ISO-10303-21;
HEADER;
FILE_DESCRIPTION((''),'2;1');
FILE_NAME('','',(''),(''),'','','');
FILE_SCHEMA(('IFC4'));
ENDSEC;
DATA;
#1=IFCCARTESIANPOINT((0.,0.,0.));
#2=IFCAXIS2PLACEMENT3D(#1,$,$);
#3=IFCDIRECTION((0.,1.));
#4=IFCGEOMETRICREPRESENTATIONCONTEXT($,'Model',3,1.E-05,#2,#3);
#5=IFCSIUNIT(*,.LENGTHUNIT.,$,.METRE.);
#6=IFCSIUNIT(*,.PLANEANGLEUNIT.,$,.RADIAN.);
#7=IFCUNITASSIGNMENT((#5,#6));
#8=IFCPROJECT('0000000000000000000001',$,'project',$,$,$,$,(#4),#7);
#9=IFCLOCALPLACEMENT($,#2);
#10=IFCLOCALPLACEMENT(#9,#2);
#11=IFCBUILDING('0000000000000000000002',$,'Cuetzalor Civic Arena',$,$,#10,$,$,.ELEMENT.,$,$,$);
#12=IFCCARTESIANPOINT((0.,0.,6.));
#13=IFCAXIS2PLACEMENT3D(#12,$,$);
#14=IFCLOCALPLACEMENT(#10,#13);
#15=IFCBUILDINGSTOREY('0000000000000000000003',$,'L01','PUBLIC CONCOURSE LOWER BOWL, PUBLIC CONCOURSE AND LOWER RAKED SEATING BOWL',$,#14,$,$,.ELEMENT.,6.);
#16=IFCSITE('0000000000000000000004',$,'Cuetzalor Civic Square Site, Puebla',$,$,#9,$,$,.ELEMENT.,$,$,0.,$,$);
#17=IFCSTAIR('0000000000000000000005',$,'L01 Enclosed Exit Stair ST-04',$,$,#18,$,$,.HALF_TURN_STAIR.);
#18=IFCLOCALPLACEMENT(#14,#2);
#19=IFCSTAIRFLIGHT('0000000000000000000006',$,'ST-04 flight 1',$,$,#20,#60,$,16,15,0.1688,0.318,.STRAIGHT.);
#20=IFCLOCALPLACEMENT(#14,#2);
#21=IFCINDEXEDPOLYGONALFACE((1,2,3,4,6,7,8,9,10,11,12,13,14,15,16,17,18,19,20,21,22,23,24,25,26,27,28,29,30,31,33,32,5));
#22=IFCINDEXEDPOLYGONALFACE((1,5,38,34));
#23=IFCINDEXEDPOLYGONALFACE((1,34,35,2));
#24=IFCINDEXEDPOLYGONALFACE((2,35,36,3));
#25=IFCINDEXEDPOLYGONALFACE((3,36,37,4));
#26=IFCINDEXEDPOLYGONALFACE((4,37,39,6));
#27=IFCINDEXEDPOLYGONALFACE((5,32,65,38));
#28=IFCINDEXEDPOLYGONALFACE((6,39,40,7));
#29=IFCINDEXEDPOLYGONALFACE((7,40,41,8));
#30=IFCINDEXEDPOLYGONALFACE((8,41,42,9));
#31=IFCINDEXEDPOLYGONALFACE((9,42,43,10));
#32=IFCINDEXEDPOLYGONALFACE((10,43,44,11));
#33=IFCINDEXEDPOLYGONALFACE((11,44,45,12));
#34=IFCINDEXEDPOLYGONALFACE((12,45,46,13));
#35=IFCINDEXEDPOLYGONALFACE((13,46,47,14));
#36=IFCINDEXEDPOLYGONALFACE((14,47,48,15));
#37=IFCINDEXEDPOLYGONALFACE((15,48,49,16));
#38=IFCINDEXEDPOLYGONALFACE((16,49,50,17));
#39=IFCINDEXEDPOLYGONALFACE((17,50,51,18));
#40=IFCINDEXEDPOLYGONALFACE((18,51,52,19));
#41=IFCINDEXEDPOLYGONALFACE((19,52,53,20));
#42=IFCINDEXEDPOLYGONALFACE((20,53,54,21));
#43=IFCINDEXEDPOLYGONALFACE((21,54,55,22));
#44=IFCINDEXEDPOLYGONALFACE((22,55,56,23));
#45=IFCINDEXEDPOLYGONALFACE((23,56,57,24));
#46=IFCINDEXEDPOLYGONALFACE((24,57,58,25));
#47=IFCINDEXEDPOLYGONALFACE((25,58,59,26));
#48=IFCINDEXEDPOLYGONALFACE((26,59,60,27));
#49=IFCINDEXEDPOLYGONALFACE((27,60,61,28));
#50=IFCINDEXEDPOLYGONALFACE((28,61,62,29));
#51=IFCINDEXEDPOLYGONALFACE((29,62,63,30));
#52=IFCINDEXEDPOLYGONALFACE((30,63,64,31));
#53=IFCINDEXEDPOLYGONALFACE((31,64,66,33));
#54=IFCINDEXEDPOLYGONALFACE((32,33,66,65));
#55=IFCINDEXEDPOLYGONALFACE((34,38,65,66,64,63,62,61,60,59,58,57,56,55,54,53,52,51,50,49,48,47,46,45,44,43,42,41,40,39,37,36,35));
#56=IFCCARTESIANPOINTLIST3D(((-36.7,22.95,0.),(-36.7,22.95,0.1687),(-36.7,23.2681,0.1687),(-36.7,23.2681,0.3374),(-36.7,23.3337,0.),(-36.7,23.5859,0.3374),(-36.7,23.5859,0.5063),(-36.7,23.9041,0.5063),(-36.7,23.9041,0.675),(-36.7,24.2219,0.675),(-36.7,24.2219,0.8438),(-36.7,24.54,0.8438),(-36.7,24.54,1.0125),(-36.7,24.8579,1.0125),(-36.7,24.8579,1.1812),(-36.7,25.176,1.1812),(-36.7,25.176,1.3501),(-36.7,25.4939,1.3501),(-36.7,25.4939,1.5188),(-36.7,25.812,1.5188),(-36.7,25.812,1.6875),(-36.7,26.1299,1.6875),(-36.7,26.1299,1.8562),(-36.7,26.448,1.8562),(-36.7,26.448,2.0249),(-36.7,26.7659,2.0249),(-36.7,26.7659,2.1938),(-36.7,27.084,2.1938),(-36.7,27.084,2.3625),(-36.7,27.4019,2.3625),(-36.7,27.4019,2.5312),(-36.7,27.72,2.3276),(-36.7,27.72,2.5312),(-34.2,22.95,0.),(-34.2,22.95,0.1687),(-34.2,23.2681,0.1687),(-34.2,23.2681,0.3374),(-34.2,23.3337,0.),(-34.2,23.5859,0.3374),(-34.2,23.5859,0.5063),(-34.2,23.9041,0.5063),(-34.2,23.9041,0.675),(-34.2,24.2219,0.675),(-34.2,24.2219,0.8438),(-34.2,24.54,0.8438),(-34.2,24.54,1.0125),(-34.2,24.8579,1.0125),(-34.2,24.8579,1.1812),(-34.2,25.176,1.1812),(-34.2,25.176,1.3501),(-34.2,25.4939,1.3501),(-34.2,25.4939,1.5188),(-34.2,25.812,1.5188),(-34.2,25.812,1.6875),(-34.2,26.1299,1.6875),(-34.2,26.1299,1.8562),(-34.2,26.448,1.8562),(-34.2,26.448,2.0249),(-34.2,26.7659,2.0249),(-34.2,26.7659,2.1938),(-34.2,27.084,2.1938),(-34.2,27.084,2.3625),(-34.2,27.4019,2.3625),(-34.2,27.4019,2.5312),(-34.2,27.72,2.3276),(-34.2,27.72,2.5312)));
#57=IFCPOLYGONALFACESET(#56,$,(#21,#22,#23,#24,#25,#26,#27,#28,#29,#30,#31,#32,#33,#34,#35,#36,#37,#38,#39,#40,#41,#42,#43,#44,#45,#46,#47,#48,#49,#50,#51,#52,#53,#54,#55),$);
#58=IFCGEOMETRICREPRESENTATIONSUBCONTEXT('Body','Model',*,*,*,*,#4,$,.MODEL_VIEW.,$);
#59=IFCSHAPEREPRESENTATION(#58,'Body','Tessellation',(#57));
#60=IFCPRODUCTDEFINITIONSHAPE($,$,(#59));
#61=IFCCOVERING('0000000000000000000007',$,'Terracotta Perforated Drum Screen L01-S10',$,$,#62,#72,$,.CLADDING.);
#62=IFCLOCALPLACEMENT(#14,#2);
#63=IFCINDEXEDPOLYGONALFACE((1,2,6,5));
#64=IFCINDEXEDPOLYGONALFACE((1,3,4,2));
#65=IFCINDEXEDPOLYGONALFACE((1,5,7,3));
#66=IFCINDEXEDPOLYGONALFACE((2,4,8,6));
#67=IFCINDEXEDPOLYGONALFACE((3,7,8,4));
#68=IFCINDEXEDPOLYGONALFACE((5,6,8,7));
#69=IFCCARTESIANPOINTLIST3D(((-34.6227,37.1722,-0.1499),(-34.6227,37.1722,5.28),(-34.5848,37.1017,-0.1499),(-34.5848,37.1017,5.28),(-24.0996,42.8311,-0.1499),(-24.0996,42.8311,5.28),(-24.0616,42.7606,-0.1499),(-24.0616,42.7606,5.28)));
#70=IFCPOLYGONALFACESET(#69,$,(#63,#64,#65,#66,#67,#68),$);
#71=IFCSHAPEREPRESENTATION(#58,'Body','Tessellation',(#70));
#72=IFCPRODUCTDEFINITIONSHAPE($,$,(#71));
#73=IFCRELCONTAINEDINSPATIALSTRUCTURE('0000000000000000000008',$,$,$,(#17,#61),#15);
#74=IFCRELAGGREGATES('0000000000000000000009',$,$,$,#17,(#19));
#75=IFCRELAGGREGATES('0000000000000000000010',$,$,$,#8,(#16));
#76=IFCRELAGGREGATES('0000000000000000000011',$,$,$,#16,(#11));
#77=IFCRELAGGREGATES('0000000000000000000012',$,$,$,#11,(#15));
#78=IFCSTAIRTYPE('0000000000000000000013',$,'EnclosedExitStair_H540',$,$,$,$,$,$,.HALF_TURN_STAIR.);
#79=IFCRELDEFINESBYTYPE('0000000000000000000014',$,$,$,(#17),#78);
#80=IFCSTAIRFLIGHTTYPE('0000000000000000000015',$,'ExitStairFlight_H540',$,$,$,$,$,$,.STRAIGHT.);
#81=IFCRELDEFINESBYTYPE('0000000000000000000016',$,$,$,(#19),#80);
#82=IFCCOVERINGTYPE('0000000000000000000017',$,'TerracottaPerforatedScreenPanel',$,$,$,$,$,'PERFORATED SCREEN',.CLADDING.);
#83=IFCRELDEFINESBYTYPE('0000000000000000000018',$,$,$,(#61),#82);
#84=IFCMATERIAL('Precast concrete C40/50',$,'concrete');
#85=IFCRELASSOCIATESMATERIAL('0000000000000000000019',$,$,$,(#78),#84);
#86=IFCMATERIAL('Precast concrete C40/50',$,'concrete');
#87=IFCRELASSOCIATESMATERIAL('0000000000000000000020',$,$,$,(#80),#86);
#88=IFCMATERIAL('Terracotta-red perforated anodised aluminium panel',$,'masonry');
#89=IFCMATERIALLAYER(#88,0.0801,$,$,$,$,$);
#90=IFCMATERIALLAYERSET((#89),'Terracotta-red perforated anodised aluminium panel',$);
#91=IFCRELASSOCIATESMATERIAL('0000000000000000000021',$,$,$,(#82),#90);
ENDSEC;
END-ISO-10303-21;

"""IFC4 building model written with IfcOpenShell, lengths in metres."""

from ifc_helpers import new_model, si_unit, direction, frame, frame_2d, origin, place, context, subcontext, project, spatial, polyline, rectangle, outline, extrude, material, layer, layer_set, type_object, element, aggregate, save


model = new_model("IFC4")

# Units and contexts
model_context = context("Model", 3, precision=1e-05, world=origin(), true_north=direction((0.0, 1.0)))
body_context = subcontext(model_context, "Body", "Model", "MODEL_VIEW")
ifc_project = project(units=[si_unit("LENGTHUNIT", "METRE"), si_unit("PLANEANGLEUNIT", "RADIAN")], contexts=[model_context])

# Site, building, storey
site_placement = place(None, origin())
site = spatial("IfcSite", under=ifc_project, at=site_placement, Name="Cuetzalor Civic Square Site, Puebla", CompositionType="ELEMENT", RefElevation=0.0)
building_placement = place(site_placement, origin())
building = spatial("IfcBuilding", under=site, at=building_placement, Name="Cuetzalor Civic Arena", CompositionType="ELEMENT")
storey_placement = place(building_placement, frame((0.0, 0.0, 6.0)))
storey = spatial("IfcBuildingStorey", under=building, at=storey_placement, Name="L01", Description="PUBLIC CONCOURSE LOWER BOWL, PUBLIC CONCOURSE AND LOWER RAKED SEATING BOWL", CompositionType="ELEMENT", Elevation=6.0)

# Stair, stair flight
ifc_material_1 = material(Name="Precast concrete C40/50", Category="concrete")
stair_type = type_object("IfcStairType", Name="EnclosedExitStair_H540", PredefinedType="HALF_TURN_STAIR", material=ifc_material_1)
stair_placement = place(storey_placement, origin())
stair = element("IfcStair", 1, at=stair_placement, inside=storey, type_object=stair_type, Name="L01 Enclosed Exit Stair ST-04", PredefinedType="HALF_TURN_STAIR")
ifc_material_2 = material(Name="Precast concrete C40/50", Category="concrete")
stair_flight_type = type_object("IfcStairFlightType", Name="ExitStairFlight_H540", PredefinedType="STRAIGHT", material=ifc_material_2)
stair_flight_placement = place(storey_placement, frame((-35.45, 22.95, 0.0), z_axis=(0.0, 0.0, 1.0), x_axis=(0.0, 1.0, 0.0)))
stair_flight = element("IfcStairFlight", 2, at=stair_flight_placement, type_object=stair_flight_type, Name="ST-04 flight 1", NumberOfRisers=16, NumberOfTreads=15, PredefinedType="STRAIGHT", RiserHeight=0.1688, TreadLength=0.318, context=body_context, shape_type="SweptSolid", body=[
    extrude(outline(polyline([(0.0, 0.0), (0.0, 0.1687), (0.3181, 0.1687), (0.3181, 0.3374), (0.636, 0.3374), (0.636, 0.5063), (0.9541, 0.5063), (0.9541, 0.675), (1.272, 0.675), (1.272, 0.8438), (1.5901, 0.8438), (1.5901, 1.0125), (1.908, 1.0125), (1.908, 1.1812), (2.2261, 1.1812), (2.2261, 1.3501), (2.5439, 1.3501), (2.5439, 1.5188), (2.8621, 1.5188), (2.8621, 1.6875), (3.1799, 1.6875), (3.1799, 1.8562), (3.498, 1.8562), (3.498, 2.0249), (3.8159, 2.0249), (3.8159, 2.1938), (4.134, 2.1938), (4.134, 2.3625), (4.4519, 2.3625), (4.4519, 2.5312), (4.77, 2.5312), (4.77, 2.7), (4.77, 2.3276), (0.3838, 0.0), (0.0, 0.0)])), frame((0.0, 1.25, 0.0), z_axis=(0.0, -1.0, 0.0), x_axis=(1.0, 0.0, 0.0)), (0.0, 0.0, 1.0), 2.5),
])
aggregate(stair, [stair_flight])

# Covering
ifc_material_3 = material(Name="Terracotta-red perforated anodised aluminium panel", Category="masonry")
ifc_layer_1 = layer(ifc_material_3, 0.0801)
ifc_layer_set_1 = layer_set([ifc_layer_1], Name="Terracotta-red perforated anodised aluminium panel")
covering_type = type_object("IfcCoveringType", Name="TerracottaPerforatedScreenPanel", ElementType="PERFORATED SCREEN", PredefinedType="CLADDING", material=ifc_layer_set_1)
covering_placement = place(storey_placement, frame((-34.6038, 37.137, -0.1499), z_axis=(0.0, 0.0, 1.0), x_axis=(0.880729, 0.47362, 0.0)))
element("IfcCovering", 3, at=covering_placement, inside=storey, type_object=covering_type, Name="Terracotta Perforated Drum Screen L01-S10", PredefinedType="CLADDING", context=body_context, shape_type="SweptSolid", body=[
    extrude(rectangle(XDim=11.9482, YDim=0.0801, at=frame_2d((5.9741, 0.0))), origin(), (0.0, 0.0, 1.0), 5.4299),
])

save(model, "model.ifc")
